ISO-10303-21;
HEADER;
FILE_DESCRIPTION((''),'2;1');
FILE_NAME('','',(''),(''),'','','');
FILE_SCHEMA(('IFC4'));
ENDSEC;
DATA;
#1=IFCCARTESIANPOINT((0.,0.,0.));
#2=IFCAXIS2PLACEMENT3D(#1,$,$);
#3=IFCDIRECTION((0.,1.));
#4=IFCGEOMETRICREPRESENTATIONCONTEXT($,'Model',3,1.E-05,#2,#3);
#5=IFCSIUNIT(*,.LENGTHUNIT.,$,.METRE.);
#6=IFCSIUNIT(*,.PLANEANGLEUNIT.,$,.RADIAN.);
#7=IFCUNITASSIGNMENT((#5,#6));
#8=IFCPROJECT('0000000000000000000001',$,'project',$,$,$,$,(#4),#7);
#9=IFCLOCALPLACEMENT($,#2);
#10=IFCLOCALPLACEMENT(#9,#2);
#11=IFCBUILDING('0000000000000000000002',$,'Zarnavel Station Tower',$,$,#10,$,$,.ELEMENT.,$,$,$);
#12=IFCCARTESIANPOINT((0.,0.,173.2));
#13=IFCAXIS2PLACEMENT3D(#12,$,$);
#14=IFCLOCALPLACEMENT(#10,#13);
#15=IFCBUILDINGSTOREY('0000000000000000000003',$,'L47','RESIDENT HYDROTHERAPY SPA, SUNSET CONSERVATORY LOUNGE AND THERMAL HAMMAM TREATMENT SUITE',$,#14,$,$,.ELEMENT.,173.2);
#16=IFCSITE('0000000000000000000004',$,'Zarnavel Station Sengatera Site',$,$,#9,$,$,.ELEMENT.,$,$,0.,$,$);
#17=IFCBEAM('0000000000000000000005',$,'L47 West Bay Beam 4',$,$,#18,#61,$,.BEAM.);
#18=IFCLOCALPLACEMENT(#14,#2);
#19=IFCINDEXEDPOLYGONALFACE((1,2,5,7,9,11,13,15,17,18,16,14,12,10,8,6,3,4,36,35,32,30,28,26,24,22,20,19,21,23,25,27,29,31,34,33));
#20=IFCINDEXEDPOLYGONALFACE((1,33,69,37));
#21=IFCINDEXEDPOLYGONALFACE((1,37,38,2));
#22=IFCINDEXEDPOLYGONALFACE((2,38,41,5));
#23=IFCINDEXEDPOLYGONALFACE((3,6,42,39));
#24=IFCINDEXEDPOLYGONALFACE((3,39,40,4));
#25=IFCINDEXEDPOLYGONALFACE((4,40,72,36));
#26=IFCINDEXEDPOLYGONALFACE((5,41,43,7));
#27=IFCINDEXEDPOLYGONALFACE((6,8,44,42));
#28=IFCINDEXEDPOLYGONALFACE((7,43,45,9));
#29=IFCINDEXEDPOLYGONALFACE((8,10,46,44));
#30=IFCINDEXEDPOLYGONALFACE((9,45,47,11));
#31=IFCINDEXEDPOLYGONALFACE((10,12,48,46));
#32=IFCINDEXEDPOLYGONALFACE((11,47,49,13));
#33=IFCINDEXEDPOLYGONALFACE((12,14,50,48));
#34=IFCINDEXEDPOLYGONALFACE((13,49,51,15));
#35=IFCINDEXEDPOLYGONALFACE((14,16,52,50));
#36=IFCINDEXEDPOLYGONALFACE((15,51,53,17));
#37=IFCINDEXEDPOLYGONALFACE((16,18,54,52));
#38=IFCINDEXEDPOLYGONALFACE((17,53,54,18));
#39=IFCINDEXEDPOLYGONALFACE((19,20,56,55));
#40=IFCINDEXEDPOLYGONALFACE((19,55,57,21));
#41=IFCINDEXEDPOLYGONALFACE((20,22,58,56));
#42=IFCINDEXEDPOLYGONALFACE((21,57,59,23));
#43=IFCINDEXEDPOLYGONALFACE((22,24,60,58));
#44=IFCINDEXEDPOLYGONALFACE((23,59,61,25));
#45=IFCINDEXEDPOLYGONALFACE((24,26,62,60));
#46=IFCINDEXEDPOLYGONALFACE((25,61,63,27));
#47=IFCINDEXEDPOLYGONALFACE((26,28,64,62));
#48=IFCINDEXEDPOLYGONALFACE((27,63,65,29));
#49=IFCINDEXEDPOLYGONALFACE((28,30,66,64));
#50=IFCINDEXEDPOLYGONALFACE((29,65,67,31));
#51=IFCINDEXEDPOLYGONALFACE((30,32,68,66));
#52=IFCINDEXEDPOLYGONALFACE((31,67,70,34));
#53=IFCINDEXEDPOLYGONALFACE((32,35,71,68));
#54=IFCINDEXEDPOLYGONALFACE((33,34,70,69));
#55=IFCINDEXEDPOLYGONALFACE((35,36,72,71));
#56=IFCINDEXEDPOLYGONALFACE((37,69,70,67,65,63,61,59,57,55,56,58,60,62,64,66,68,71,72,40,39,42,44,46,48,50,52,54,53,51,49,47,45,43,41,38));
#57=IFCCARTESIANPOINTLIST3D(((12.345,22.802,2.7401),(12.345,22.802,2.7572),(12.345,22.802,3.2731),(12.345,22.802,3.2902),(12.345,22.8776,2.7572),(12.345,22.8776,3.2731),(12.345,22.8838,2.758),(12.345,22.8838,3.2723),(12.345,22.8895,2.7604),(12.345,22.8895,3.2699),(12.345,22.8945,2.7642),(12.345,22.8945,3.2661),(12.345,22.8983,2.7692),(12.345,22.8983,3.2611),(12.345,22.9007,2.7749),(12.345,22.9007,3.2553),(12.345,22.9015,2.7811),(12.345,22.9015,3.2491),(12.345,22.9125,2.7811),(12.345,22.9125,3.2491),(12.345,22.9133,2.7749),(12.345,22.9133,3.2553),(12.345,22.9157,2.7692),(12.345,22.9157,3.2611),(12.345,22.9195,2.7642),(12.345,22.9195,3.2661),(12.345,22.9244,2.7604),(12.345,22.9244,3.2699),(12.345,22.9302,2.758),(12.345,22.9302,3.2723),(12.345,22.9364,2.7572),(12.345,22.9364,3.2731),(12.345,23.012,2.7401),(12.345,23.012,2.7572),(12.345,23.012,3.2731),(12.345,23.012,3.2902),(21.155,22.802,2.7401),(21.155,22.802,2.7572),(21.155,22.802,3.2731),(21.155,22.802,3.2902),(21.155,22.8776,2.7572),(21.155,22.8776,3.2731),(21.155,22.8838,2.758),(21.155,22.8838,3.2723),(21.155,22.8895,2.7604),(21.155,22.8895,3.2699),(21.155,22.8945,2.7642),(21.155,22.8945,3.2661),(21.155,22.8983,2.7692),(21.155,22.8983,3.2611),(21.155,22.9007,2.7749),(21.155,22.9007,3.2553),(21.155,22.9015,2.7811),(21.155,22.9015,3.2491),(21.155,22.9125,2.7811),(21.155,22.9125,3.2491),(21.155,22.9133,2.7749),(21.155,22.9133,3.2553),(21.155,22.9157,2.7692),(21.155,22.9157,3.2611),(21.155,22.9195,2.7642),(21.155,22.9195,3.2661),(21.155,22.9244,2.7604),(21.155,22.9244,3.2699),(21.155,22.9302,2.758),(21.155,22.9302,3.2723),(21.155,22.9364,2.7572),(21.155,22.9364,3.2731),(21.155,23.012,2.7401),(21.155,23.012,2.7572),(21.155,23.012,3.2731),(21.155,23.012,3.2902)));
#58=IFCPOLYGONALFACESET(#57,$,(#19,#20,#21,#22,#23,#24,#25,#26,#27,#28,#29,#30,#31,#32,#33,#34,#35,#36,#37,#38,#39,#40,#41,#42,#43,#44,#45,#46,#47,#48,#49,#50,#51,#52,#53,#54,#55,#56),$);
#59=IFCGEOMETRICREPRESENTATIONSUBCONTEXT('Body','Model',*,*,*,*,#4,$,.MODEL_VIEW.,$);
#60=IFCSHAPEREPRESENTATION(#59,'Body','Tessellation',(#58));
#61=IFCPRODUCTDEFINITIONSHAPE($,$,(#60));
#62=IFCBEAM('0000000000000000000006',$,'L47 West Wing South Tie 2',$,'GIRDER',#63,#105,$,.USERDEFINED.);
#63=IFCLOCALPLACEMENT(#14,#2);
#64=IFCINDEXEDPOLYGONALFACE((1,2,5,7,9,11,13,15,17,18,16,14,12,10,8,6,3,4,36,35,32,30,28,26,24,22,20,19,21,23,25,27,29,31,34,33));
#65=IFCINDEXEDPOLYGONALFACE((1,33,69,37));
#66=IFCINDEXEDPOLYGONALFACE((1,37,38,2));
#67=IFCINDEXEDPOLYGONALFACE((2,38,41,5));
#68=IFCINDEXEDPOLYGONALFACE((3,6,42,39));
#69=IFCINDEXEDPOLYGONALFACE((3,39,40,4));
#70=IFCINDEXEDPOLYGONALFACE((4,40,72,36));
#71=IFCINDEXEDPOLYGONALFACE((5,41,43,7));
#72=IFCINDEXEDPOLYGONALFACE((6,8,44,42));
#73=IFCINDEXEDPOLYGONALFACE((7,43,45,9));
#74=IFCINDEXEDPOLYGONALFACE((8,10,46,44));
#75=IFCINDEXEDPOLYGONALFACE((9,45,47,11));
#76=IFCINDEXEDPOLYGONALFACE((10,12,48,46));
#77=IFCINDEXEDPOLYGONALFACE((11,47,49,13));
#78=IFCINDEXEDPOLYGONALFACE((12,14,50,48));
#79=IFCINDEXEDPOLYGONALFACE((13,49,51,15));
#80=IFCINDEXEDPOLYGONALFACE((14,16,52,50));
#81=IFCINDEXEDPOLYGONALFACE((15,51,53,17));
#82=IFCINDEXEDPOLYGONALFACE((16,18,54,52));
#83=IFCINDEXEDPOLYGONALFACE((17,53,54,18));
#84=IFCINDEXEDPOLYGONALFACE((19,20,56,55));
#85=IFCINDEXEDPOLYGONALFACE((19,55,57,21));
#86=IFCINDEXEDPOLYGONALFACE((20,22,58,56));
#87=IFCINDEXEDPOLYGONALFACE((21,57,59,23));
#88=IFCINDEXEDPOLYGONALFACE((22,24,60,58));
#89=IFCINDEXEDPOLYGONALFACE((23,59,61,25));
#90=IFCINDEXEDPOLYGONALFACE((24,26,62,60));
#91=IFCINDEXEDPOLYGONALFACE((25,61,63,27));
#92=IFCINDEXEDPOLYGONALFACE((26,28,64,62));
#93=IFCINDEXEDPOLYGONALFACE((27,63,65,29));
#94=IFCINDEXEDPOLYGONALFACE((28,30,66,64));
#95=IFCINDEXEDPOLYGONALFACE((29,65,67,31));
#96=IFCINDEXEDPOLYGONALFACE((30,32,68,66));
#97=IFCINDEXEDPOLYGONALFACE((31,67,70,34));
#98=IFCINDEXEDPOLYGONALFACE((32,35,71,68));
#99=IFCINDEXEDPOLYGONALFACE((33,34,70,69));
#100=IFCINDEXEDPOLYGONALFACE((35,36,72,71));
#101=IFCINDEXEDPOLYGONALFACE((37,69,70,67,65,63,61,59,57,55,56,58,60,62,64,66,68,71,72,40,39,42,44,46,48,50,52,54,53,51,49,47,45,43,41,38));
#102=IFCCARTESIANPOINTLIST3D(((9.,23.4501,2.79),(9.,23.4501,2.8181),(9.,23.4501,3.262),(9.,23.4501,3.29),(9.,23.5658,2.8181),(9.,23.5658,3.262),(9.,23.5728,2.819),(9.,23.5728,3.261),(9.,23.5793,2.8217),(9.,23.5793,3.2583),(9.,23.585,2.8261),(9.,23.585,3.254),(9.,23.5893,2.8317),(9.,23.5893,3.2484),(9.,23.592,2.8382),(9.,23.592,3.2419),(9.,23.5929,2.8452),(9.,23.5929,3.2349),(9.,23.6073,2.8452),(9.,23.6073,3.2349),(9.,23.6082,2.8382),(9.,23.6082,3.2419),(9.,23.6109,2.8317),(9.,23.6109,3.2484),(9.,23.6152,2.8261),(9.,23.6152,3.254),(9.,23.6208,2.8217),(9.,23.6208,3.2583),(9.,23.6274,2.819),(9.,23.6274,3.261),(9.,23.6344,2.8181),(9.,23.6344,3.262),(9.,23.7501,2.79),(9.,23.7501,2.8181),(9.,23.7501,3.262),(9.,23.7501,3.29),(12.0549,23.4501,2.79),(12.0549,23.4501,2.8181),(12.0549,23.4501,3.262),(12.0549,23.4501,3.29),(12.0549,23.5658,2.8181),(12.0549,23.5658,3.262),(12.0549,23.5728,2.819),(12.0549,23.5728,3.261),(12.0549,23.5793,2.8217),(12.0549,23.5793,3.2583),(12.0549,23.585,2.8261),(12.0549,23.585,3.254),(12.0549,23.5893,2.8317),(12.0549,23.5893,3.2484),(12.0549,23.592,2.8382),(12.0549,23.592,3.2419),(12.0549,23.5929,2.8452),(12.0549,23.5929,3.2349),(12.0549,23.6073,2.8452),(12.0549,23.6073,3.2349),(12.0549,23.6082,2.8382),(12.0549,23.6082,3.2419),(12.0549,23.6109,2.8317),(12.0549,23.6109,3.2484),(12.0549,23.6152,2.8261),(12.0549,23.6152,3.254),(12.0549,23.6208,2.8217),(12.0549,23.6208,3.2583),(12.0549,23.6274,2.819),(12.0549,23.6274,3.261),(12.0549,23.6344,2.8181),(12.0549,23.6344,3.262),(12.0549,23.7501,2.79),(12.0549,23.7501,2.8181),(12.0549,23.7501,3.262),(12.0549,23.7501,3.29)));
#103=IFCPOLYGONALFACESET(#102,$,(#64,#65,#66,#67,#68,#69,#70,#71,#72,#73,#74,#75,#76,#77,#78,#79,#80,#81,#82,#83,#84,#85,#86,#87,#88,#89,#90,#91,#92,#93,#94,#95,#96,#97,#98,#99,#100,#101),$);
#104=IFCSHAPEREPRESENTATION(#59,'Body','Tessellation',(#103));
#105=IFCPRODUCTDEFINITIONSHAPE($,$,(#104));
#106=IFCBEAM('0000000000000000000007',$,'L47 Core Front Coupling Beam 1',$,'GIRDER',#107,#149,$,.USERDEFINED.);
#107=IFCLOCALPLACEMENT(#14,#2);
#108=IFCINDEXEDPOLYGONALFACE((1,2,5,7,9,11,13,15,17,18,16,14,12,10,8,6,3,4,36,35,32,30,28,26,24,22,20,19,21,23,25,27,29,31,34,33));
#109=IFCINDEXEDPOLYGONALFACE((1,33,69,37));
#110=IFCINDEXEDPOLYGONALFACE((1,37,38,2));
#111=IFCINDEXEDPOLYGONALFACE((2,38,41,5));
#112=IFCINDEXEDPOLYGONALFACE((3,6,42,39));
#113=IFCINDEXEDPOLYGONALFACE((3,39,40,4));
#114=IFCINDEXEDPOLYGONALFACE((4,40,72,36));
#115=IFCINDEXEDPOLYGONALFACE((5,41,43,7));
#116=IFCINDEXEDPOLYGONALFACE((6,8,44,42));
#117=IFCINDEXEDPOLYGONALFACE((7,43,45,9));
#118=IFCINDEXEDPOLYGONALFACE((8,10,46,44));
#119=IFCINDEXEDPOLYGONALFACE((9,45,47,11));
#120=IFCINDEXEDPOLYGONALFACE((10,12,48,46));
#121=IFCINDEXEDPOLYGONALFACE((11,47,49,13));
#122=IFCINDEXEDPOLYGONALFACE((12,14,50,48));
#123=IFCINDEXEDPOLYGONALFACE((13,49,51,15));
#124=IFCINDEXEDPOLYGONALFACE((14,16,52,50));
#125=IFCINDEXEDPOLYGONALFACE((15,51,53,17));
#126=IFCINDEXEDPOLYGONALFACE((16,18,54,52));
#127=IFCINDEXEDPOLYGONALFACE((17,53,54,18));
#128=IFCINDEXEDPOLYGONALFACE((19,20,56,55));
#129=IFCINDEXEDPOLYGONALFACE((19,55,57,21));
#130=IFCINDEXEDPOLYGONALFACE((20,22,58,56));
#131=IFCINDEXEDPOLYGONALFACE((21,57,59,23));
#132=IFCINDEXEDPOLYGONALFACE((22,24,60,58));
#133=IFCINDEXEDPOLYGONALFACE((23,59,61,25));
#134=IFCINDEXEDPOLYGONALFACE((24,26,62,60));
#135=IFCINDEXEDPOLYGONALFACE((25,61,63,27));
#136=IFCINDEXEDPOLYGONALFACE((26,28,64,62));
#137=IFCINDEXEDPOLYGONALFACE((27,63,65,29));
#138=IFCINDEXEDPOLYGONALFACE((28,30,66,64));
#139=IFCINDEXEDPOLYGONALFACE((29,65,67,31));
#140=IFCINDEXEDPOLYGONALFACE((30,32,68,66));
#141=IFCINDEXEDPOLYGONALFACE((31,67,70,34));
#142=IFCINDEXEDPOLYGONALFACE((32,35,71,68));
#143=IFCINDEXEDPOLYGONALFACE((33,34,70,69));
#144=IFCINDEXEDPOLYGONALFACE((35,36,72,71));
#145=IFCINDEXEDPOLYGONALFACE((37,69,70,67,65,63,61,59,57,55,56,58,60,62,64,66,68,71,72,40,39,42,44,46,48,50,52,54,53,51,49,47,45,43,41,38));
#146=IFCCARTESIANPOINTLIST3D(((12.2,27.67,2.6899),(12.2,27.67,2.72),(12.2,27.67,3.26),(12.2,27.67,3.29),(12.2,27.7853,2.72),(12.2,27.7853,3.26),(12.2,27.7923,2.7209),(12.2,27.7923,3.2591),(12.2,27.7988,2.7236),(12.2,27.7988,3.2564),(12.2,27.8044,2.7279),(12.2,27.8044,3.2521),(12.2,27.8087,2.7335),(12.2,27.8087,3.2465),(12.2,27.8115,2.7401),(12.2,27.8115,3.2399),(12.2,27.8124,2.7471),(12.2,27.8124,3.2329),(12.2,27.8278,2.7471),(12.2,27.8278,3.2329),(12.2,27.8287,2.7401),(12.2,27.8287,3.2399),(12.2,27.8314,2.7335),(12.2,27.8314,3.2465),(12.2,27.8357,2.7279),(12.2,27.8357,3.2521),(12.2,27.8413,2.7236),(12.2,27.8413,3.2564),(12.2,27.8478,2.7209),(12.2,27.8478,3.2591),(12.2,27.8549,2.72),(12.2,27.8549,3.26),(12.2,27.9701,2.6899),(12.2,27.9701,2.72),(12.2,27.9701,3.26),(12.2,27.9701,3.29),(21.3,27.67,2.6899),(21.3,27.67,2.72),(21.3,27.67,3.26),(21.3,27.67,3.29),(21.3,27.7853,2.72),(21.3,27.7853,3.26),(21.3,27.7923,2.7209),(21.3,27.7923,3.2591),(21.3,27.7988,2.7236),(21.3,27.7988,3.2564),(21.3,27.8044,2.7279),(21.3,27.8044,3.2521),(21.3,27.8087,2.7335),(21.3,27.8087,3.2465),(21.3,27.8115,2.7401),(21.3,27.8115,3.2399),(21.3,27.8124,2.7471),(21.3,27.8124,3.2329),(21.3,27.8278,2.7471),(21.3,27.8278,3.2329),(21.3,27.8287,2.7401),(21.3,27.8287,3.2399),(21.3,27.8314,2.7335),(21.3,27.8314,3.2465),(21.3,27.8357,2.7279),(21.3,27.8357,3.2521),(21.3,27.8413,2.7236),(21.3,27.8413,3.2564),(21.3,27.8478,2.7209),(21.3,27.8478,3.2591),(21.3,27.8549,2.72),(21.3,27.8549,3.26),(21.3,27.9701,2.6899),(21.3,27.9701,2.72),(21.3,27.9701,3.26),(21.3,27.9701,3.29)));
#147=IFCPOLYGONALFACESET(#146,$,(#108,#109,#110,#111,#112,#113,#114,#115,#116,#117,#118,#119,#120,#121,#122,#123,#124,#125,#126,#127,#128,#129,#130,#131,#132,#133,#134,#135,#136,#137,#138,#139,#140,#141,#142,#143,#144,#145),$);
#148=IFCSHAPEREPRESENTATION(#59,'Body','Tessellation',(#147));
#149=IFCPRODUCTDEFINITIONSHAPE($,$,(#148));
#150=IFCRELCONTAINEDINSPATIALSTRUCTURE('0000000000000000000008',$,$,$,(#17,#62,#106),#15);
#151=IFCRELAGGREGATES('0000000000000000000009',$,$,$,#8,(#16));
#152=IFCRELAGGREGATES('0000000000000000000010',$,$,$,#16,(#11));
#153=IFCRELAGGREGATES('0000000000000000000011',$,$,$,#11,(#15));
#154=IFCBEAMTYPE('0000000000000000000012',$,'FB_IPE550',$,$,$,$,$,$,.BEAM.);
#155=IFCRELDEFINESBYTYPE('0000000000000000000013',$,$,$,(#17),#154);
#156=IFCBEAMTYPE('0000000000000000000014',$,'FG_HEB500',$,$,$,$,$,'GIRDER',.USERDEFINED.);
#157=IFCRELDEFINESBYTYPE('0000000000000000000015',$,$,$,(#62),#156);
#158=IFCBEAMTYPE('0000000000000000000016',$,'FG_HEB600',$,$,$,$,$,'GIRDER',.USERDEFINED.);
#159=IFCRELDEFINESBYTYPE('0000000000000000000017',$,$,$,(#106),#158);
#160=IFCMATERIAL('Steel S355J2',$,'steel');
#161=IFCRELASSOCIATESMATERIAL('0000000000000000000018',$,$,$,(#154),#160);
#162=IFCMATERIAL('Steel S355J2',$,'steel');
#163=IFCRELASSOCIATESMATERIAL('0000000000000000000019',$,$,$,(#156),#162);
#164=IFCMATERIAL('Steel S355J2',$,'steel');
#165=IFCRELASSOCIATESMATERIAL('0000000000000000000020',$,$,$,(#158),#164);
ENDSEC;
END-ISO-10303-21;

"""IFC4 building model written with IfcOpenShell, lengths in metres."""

from ifc_helpers import new_model, si_unit, direction, frame, origin, origin_2d, place, context, subcontext, project, spatial, i_section, extrude, material, material_profile, profile_set, type_object, element, save


model = new_model("IFC4")

# Units and contexts
model_context = context("Model", 3, precision=1e-05, world=origin(), true_north=direction((0.0, 1.0)))
body_context = subcontext(model_context, "Body", "Model", "MODEL_VIEW")
ifc_project = project(units=[si_unit("LENGTHUNIT", "METRE"), si_unit("PLANEANGLEUNIT", "RADIAN")], contexts=[model_context])

# Site, building, storey
site_placement = place(None, origin())
site = spatial("IfcSite", under=ifc_project, at=site_placement, Name="Zarnavel Station Sengatera Site", CompositionType="ELEMENT", RefElevation=0.0)
building_placement = place(site_placement, origin())
building = spatial("IfcBuilding", under=site, at=building_placement, Name="Zarnavel Station Tower", CompositionType="ELEMENT")
storey_placement = place(building_placement, frame((0.0, 0.0, 173.2)))
storey = spatial("IfcBuildingStorey", under=building, at=storey_placement, Name="L47", Description="RESIDENT HYDROTHERAPY SPA, SUNSET CONSERVATORY LOUNGE AND THERMAL HAMMAM TREATMENT SUITE", CompositionType="ELEMENT", Elevation=173.2)

# Beams
ifc_material_1 = material(Name="Steel S355J2", Category="steel")
ifc_material_profile_1 = material_profile(ifc_material_1, i_section(OverallWidth=0.21, OverallDepth=0.55, WebThickness=0.011, FlangeThickness=0.0171, FilletRadius=0.0239, at=origin_2d()), Name="IPE550")
ifc_profile_set_1 = profile_set([ifc_material_profile_1], Name="Steel S355J2")
beam_type_1 = type_object("IfcBeamType", Name="FB_IPE550", PredefinedType="BEAM", material=ifc_profile_set_1)
beam_1_placement = place(storey_placement, frame((12.345, 22.907, 3.0151), z_axis=(1.0, 0.0, 0.0), x_axis=(0.0, 1.0, 0.0)))
element("IfcBeam", 1, at=beam_1_placement, inside=storey, type_object=beam_type_1, Name="L47 West Bay Beam 4", PredefinedType="BEAM", context=body_context, shape_type="SweptSolid", body=[
    extrude(i_section(OverallWidth=0.21, OverallDepth=0.55, WebThickness=0.011, FlangeThickness=0.0171, FilletRadius=0.0239, at=origin_2d()), origin(), (0.0, 0.0, 1.0), 8.8101),
])
ifc_material_2 = material(Name="Steel S355J2", Category="steel")
ifc_material_profile_2 = material_profile(ifc_material_2, i_section(OverallWidth=0.3, OverallDepth=0.5, WebThickness=0.0144, FlangeThickness=0.0281, FilletRadius=0.0271, at=origin_2d()), Name="HEB500")
ifc_profile_set_2 = profile_set([ifc_material_profile_2], Name="Steel S355J2")
beam_type_2 = type_object("IfcBeamType", Name="FG_HEB500", ElementType="GIRDER", PredefinedType="USERDEFINED", material=ifc_profile_set_2)
beam_2_placement = place(storey_placement, frame((9.0, 23.6001, 3.04), z_axis=(1.0, 0.0, 0.0), x_axis=(0.0, 1.0, 0.0)))
element("IfcBeam", 2, at=beam_2_placement, inside=storey, type_object=beam_type_2, Name="L47 West Wing South Tie 2", ObjectType="GIRDER", PredefinedType="USERDEFINED", context=body_context, shape_type="SweptSolid", body=[
    extrude(i_section(OverallWidth=0.3, OverallDepth=0.5, WebThickness=0.0144, FlangeThickness=0.0281, FilletRadius=0.0271, at=origin_2d()), origin(), (0.0, 0.0, 1.0), 3.0549),
])
ifc_material_3 = material(Name="Steel S355J2", Category="steel")
ifc_material_profile_3 = material_profile(ifc_material_3, i_section(OverallWidth=0.3, OverallDepth=0.6001, WebThickness=0.0154, FlangeThickness=0.03, FilletRadius=0.0271, at=origin_2d()), Name="HEB600")
ifc_profile_set_3 = profile_set([ifc_material_profile_3], Name="Steel S355J2")
beam_type_3 = type_object("IfcBeamType", Name="FG_HEB600", ElementType="GIRDER", PredefinedType="USERDEFINED", material=ifc_profile_set_3)
beam_3_placement = place(storey_placement, frame((12.2, 27.8201, 2.99), z_axis=(1.0, 0.0, 0.0), x_axis=(0.0, 1.0, 0.0)))
element("IfcBeam", 3, at=beam_3_placement, inside=storey, type_object=beam_type_3, Name="L47 Core Front Coupling Beam 1", ObjectType="GIRDER", PredefinedType="USERDEFINED", context=body_context, shape_type="SweptSolid", body=[
    extrude(i_section(OverallWidth=0.3, OverallDepth=0.6001, WebThickness=0.0154, FlangeThickness=0.03, FilletRadius=0.0271, at=origin_2d()), origin(), (0.0, 0.0, 1.0), 9.1001),
])

save(model, "model.ifc")
